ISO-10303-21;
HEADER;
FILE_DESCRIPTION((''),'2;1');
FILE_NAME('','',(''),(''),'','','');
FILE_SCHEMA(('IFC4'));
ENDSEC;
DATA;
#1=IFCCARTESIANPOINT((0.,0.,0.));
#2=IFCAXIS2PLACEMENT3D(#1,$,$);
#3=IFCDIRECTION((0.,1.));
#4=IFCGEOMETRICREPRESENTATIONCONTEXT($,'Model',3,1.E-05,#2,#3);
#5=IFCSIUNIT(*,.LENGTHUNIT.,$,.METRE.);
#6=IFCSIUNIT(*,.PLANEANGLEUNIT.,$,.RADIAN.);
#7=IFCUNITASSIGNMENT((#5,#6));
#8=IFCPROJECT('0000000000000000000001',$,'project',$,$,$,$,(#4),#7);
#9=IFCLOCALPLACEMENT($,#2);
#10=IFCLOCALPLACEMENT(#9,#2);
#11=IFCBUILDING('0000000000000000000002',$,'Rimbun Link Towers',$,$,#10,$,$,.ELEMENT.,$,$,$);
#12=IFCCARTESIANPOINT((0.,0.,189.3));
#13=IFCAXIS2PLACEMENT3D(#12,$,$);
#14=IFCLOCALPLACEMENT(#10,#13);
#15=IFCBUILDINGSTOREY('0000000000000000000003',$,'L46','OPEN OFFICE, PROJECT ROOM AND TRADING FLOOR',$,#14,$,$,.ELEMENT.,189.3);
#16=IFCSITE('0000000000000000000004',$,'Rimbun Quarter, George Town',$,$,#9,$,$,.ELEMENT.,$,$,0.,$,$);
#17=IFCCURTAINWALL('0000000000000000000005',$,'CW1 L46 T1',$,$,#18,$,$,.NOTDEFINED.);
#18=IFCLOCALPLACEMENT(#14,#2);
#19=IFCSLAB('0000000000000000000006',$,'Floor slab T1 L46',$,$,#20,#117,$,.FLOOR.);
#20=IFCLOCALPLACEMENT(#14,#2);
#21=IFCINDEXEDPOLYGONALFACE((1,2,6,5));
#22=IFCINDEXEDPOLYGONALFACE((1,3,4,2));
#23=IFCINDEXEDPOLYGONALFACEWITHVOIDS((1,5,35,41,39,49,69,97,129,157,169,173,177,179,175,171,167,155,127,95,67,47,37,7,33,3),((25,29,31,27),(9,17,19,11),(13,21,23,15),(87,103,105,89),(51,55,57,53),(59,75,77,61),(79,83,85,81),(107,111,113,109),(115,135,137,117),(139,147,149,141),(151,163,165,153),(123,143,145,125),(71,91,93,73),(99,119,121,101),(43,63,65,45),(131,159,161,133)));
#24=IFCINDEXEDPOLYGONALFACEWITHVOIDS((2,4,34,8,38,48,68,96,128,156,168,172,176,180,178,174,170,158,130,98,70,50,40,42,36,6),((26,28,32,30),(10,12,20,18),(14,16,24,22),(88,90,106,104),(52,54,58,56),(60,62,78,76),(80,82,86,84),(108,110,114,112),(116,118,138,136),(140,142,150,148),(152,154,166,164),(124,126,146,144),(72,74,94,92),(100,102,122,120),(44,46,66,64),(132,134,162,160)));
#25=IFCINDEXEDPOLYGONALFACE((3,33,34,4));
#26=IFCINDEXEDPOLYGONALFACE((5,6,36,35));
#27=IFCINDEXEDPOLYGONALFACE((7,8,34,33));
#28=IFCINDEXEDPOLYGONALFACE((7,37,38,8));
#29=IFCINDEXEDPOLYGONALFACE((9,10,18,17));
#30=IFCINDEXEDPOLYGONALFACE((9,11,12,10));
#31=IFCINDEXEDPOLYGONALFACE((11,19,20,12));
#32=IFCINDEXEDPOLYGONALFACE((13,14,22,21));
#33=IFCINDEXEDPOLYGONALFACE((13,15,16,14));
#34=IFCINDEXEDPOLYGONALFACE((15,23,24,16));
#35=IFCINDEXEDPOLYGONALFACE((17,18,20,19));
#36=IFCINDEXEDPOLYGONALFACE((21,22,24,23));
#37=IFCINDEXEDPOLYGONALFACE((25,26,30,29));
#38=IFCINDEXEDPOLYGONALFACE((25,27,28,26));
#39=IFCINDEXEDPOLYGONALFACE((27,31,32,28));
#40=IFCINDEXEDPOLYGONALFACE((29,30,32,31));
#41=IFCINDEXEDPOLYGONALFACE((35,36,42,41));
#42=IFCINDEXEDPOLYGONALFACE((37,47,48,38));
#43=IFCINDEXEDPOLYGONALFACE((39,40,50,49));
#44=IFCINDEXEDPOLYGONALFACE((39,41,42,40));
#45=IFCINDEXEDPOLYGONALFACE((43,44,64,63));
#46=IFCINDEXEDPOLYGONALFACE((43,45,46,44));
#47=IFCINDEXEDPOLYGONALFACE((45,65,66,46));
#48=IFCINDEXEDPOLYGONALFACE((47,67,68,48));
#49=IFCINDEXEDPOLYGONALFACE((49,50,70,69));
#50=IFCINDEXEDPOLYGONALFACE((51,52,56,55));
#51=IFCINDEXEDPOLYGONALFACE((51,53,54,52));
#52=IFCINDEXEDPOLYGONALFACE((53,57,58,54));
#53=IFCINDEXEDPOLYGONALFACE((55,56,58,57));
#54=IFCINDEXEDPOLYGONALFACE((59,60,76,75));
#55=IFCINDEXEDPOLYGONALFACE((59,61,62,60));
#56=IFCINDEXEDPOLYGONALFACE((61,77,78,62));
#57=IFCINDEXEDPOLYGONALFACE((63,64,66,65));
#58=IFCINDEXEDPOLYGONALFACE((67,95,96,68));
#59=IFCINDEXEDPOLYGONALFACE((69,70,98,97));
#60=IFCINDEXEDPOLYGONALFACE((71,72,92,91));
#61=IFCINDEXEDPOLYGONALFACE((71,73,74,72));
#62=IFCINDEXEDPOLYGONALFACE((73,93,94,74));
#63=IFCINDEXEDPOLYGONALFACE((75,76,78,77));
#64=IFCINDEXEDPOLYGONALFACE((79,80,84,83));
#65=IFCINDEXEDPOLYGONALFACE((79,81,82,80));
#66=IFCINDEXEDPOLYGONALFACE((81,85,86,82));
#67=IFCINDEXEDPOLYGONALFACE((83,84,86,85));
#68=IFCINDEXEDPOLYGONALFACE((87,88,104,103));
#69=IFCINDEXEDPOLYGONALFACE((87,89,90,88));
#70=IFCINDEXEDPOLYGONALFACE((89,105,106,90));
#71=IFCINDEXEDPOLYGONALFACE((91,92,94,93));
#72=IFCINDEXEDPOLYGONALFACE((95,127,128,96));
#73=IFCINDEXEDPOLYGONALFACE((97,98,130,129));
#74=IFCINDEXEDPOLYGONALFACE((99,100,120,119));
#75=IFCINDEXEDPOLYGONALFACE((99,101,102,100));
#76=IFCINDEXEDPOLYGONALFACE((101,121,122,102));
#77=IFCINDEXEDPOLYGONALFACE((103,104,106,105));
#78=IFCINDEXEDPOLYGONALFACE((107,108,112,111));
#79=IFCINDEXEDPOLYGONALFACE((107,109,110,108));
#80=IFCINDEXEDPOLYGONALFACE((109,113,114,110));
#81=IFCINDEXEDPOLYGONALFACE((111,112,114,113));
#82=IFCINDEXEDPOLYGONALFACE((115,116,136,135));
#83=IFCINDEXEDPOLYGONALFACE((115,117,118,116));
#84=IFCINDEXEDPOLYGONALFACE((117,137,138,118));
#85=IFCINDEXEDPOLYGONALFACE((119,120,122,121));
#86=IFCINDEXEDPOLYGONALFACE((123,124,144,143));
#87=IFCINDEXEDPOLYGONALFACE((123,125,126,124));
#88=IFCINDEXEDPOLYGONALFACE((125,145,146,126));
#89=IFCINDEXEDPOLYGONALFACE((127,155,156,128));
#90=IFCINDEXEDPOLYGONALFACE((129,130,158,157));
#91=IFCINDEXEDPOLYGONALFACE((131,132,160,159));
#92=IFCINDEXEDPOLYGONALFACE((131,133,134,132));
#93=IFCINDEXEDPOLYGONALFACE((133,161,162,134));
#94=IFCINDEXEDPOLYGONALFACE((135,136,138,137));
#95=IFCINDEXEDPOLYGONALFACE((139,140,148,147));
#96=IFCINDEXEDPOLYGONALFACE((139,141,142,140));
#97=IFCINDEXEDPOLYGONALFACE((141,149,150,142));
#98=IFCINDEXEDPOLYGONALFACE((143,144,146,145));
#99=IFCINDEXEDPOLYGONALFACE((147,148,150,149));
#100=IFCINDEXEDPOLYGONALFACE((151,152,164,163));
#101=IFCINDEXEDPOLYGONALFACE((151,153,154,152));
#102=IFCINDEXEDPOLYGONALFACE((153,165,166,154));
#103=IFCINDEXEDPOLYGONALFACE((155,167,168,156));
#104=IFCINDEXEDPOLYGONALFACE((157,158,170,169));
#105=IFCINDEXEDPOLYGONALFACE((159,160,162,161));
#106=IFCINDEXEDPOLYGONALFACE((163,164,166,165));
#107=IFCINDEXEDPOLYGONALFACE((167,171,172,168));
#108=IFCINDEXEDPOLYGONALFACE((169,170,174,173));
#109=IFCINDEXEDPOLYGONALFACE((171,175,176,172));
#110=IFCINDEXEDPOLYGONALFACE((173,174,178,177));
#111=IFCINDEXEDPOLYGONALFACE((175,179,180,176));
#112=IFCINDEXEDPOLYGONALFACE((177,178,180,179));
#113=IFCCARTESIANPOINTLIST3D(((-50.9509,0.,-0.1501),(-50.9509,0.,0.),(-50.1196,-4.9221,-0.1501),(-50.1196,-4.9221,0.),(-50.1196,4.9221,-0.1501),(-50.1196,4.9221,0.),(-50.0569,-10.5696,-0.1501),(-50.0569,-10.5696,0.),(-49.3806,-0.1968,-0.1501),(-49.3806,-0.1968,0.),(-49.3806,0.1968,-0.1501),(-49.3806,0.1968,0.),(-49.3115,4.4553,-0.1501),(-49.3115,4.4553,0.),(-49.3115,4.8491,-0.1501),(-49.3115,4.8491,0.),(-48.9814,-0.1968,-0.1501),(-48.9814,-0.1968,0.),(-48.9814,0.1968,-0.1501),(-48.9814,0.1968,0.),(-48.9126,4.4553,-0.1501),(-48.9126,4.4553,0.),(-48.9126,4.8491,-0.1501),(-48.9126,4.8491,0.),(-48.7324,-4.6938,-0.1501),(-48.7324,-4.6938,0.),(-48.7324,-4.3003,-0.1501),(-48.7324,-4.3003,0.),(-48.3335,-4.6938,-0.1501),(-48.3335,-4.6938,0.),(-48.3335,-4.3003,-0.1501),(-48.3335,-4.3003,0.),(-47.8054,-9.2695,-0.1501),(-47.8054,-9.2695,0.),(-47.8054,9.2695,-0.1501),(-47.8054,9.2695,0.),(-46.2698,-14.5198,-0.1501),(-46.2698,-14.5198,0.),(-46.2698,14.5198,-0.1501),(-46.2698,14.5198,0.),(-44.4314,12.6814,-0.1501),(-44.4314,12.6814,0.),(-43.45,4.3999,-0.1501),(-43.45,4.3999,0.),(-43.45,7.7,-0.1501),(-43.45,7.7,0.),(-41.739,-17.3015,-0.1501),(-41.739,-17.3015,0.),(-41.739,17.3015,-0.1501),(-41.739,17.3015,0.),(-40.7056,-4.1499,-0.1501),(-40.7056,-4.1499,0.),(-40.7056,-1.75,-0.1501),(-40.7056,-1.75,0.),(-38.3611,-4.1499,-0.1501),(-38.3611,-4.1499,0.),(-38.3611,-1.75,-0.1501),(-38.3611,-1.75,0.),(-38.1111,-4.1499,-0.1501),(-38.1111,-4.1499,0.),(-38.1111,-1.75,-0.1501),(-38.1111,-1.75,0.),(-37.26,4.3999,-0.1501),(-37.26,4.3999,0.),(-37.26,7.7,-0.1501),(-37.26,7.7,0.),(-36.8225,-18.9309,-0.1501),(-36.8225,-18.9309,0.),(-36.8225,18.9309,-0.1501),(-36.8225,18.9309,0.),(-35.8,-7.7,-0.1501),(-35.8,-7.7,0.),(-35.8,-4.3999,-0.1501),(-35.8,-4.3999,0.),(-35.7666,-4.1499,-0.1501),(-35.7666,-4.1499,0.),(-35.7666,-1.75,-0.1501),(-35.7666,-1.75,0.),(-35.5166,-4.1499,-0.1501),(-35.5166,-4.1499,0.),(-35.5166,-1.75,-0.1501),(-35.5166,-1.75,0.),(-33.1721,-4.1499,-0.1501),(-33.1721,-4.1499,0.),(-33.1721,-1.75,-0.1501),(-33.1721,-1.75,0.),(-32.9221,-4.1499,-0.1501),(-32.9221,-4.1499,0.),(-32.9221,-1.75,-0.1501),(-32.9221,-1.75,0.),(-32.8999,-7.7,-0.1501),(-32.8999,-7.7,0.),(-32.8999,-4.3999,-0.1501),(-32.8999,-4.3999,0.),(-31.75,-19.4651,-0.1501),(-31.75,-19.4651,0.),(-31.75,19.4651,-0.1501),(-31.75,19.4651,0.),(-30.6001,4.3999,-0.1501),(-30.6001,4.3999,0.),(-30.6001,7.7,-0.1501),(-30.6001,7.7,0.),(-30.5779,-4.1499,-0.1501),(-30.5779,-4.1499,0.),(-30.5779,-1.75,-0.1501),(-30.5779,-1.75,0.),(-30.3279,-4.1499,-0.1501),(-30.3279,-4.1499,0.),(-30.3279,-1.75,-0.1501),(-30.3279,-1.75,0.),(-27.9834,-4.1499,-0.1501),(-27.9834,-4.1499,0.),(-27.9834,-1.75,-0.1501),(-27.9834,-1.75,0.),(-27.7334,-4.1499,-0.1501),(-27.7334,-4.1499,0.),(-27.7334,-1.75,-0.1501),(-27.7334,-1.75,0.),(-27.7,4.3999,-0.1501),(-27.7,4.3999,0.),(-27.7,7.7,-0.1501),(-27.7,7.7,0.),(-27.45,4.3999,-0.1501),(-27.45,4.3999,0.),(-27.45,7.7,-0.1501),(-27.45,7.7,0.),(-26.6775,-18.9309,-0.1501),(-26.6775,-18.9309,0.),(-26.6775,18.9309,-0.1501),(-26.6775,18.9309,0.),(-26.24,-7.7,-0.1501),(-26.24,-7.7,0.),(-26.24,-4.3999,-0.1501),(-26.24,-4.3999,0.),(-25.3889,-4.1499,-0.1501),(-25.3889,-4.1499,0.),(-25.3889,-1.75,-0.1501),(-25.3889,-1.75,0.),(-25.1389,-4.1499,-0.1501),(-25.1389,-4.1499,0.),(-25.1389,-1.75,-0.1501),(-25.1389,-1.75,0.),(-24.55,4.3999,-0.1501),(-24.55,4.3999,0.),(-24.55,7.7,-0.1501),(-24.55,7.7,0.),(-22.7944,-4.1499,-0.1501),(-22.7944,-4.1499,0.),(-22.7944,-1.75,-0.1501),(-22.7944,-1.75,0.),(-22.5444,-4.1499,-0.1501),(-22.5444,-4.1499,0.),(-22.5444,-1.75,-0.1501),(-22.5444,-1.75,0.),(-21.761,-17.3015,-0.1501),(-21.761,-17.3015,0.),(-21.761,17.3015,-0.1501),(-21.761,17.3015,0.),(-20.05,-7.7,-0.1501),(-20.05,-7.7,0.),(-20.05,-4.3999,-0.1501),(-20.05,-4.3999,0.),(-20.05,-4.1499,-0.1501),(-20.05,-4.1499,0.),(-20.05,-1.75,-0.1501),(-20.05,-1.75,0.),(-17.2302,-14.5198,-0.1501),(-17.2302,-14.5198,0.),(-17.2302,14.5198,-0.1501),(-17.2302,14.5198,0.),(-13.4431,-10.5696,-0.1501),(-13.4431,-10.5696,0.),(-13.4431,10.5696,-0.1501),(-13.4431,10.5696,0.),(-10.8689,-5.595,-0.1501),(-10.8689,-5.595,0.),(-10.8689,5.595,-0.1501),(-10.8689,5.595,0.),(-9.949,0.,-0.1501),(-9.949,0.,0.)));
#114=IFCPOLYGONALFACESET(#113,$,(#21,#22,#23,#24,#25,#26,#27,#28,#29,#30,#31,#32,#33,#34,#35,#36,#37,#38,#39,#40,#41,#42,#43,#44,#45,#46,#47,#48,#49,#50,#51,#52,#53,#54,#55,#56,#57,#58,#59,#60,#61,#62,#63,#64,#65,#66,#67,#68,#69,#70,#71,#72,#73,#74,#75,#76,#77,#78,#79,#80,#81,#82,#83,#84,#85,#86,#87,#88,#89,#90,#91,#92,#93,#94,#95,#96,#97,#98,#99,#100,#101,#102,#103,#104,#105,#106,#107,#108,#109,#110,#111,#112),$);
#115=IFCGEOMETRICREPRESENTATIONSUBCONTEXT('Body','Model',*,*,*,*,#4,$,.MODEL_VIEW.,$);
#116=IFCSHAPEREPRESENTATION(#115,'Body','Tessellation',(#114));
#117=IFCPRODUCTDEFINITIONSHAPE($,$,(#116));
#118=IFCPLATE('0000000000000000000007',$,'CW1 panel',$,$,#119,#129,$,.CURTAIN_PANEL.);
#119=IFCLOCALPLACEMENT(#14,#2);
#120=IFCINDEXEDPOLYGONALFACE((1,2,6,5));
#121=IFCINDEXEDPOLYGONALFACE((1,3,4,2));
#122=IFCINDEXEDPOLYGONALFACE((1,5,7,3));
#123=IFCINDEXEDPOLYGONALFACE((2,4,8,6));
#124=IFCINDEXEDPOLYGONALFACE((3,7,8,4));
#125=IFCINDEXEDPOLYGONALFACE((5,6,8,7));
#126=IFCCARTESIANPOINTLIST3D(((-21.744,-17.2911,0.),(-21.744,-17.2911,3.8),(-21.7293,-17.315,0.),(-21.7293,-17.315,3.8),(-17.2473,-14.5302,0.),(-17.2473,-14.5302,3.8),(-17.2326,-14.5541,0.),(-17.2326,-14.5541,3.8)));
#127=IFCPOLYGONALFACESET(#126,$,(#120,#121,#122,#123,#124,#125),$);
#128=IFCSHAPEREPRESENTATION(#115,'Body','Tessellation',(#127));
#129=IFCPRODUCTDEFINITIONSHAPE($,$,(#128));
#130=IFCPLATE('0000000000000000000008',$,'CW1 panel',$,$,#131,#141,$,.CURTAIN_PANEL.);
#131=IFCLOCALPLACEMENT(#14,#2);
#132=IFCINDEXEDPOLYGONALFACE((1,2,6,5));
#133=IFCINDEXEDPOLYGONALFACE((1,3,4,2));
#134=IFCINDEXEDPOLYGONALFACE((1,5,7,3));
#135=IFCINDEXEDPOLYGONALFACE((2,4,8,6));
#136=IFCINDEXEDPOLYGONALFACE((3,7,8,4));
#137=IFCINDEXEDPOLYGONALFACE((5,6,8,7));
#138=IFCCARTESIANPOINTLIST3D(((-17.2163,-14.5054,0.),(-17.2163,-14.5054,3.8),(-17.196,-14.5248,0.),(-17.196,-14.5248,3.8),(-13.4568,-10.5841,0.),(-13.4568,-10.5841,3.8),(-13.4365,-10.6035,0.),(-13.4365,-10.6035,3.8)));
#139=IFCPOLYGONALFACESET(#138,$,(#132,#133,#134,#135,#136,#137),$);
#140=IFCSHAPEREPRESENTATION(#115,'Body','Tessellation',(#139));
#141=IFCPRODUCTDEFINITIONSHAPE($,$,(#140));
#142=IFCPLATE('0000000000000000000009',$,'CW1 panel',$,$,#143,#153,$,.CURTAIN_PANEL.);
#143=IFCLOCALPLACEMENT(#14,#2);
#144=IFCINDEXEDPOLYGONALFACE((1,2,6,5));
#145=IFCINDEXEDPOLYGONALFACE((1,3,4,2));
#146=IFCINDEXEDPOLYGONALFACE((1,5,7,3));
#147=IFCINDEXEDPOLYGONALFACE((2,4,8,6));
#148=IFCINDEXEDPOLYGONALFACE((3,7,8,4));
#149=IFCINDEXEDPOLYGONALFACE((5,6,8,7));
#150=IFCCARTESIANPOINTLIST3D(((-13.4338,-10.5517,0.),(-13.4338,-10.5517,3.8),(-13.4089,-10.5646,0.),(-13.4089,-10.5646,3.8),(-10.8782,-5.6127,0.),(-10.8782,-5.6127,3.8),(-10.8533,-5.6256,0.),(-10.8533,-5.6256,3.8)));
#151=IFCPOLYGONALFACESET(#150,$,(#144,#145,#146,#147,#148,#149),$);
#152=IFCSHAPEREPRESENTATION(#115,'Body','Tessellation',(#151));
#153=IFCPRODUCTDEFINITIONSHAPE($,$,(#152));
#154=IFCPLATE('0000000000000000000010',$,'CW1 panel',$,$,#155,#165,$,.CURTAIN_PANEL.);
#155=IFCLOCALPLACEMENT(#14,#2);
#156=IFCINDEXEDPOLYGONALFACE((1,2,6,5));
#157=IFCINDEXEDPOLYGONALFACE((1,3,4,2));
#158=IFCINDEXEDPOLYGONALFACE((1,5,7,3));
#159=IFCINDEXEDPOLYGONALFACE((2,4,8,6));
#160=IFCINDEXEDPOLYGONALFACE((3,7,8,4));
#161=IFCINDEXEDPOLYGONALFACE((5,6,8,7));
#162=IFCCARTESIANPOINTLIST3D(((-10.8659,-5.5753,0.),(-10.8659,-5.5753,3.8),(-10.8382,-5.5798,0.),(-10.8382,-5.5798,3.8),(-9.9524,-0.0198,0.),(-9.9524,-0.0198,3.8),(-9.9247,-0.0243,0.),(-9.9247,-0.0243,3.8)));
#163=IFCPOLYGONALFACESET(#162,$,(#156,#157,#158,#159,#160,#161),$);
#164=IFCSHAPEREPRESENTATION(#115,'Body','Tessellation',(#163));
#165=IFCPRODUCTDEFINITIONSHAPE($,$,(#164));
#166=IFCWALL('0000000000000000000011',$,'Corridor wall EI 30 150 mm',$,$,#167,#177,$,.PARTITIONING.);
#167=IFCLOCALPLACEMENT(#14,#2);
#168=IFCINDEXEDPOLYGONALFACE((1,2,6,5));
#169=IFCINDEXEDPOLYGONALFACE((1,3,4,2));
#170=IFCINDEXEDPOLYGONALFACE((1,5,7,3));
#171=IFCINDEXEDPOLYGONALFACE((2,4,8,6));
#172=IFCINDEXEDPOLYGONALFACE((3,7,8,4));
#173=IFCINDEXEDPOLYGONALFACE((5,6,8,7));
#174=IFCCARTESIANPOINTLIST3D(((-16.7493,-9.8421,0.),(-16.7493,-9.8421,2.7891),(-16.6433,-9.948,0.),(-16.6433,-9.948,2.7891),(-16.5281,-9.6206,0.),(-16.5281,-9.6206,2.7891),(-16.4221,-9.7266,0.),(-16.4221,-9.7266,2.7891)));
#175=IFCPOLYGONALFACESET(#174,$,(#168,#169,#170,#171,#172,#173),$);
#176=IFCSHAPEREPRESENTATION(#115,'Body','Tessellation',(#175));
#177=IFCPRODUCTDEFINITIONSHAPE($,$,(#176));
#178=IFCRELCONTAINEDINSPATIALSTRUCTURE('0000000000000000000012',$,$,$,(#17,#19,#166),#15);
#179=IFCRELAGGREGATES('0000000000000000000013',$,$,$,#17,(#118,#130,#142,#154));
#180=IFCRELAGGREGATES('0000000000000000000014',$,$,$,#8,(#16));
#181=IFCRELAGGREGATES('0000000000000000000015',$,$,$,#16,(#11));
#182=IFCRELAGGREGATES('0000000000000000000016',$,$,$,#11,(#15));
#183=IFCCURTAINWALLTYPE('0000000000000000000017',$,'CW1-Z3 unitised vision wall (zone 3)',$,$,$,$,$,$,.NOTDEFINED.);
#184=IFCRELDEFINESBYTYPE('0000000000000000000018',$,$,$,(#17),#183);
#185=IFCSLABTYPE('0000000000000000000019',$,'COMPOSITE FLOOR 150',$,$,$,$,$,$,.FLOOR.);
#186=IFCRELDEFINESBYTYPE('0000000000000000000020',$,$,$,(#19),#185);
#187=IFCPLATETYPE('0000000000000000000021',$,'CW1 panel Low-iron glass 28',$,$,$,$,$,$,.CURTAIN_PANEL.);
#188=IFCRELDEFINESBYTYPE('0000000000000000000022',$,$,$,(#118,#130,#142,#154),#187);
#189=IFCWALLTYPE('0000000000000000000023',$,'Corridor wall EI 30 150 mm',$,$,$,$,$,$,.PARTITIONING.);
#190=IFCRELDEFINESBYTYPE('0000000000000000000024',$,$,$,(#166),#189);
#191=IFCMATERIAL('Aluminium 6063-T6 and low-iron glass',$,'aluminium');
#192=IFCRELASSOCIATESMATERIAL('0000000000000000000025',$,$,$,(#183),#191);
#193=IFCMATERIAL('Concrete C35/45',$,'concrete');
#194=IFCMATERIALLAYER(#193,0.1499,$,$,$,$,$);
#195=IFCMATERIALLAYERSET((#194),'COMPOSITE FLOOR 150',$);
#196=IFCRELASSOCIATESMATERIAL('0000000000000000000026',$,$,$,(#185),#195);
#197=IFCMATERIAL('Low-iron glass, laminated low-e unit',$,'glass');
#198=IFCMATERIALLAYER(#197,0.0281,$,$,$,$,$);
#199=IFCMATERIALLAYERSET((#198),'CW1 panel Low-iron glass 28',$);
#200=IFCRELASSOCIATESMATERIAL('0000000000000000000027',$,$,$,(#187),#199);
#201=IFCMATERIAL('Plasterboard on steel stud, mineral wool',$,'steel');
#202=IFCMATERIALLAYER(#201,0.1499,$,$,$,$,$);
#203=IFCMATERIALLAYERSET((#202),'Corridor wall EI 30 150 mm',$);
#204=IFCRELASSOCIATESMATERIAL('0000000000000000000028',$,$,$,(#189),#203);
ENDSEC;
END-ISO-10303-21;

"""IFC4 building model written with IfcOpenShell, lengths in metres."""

from ifc_helpers import new_model, si_unit, direction, frame, frame_2d, origin, origin_2d, place, context, subcontext, project, spatial, polyline, rectangle, outline, extrude, material, layer, layer_set, type_object, element, aggregate, save


model = new_model("IFC4")

# Units and contexts
model_context = context("Model", 3, precision=1e-05, world=origin(), true_north=direction((0.0, 1.0)))
body_context = subcontext(model_context, "Body", "Model", "MODEL_VIEW")
ifc_project = project(units=[si_unit("LENGTHUNIT", "METRE"), si_unit("PLANEANGLEUNIT", "RADIAN")], contexts=[model_context])

# Site, building, storey
site_placement = place(None, origin())
site = spatial("IfcSite", under=ifc_project, at=site_placement, Name="Rimbun Quarter, George Town", CompositionType="ELEMENT", RefElevation=0.0)
building_placement = place(site_placement, origin())
building = spatial("IfcBuilding", under=site, at=building_placement, Name="Rimbun Link Towers", CompositionType="ELEMENT")
storey_placement = place(building_placement, frame((0.0, 0.0, 189.3)))
storey = spatial("IfcBuildingStorey", under=building, at=storey_placement, Name="L46", Description="OPEN OFFICE, PROJECT ROOM AND TRADING FLOOR", CompositionType="ELEMENT", Elevation=189.3)

# Curtain wall
ifc_material_1 = material(Name="Aluminium 6063-T6 and low-iron glass", Category="aluminium")
curtain_wall_type = type_object("IfcCurtainWallType", Name="CW1-Z3 unitised vision wall (zone 3)", PredefinedType="NOTDEFINED", material=ifc_material_1)
curtain_wall_placement = place(storey_placement, origin())
curtain_wall = element("IfcCurtainWall", 1, at=curtain_wall_placement, inside=storey, type_object=curtain_wall_type, Name="CW1 L46 T1", PredefinedType="NOTDEFINED")

# Slab
ifc_material_2 = material(Name="Concrete C35/45", Category="concrete")
ifc_layer_1 = layer(ifc_material_2, 0.1499)
ifc_layer_set_1 = layer_set([ifc_layer_1], Name="COMPOSITE FLOOR 150")
slab_type = type_object("IfcSlabType", Name="COMPOSITE FLOOR 150", PredefinedType="FLOOR", material=ifc_layer_set_1)
slab_placement = place(storey_placement, frame((0.0, 0.0, -0.1501)))
element("IfcSlab", 2, at=slab_placement, inside=storey, type_object=slab_type, Name="Floor slab T1 L46", PredefinedType="FLOOR", context=body_context, shape_type="SweptSolid", body=[
    extrude(outline(polyline([(-41.739, 17.3015), (-36.8225, 18.9309), (-31.75, 19.4651), (-26.6775, 18.9309), (-21.761, 17.3015), (-17.2302, 14.5198), (-13.4431, 10.5696), (-10.8689, 5.595), (-9.949, 0.0), (-10.8689, -5.595), (-13.4431, -10.5696), (-17.2302, -14.5198), (-21.761, -17.3015), (-26.6775, -18.9309), (-31.75, -19.4651), (-36.8225, -18.9309), (-41.739, -17.3015), (-46.2698, -14.5198), (-50.0569, -10.5696), (-47.8054, -9.2695), (-50.1196, -4.9221), (-50.9509, 0.0), (-50.1196, 4.9221), (-47.8054, 9.2695), (-44.4314, 12.6814), (-46.2698, 14.5198), (-41.739, 17.3015)]), holes=[polyline([(-32.8999, -7.7), (-32.8999, -4.3999), (-35.8, -4.3999), (-35.8, -7.7), (-32.8999, -7.7)]), polyline([(-48.3335, -4.6938), (-48.3335, -4.3003), (-48.7324, -4.3003), (-48.7324, -4.6938), (-48.3335, -4.6938)]), polyline([(-38.3611, -4.1499), (-38.3611, -1.75), (-40.7056, -1.75), (-40.7056, -4.1499), (-38.3611, -4.1499)]), polyline([(-35.7666, -4.1499), (-35.7666, -1.75), (-38.1111, -1.75), (-38.1111, -4.1499), (-35.7666, -4.1499)]), polyline([(-33.1721, -4.1499), (-33.1721, -1.75), (-35.5166, -1.75), (-35.5166, -4.1499), (-33.1721, -4.1499)]), polyline([(-48.9814, -0.1968), (-48.9814, 0.1968), (-49.3806, 0.1968), (-49.3806, -0.1968), (-48.9814, -0.1968)]), polyline([(-48.9126, 4.4553), (-48.9126, 4.8491), (-49.3115, 4.8491), (-49.3115, 4.4553), (-48.9126, 4.4553)]), polyline([(-37.26, 4.3999), (-37.26, 7.7), (-43.45, 7.7), (-43.45, 4.3999), (-37.26, 4.3999)]), polyline([(-20.05, -7.7), (-20.05, -4.3999), (-26.24, -4.3999), (-26.24, -7.7), (-20.05, -7.7)]), polyline([(-30.5779, -4.1499), (-30.5779, -1.75), (-32.9221, -1.75), (-32.9221, -4.1499), (-30.5779, -4.1499)]), polyline([(-27.9834, -4.1499), (-27.9834, -1.75), (-30.3279, -1.75), (-30.3279, -4.1499), (-27.9834, -4.1499)]), polyline([(-25.3889, -4.1499), (-25.3889, -1.75), (-27.7334, -1.75), (-27.7334, -4.1499), (-25.3889, -4.1499)]), polyline([(-22.7944, -4.1499), (-22.7944, -1.75), (-25.1389, -1.75), (-25.1389, -4.1499), (-22.7944, -4.1499)]), polyline([(-20.05, -4.1499), (-20.05, -1.75), (-22.5444, -1.75), (-22.5444, -4.1499), (-20.05, -4.1499)]), polyline([(-27.7, 4.3999), (-27.7, 7.7), (-30.6001, 7.7), (-30.6001, 4.3999), (-27.7, 4.3999)]), polyline([(-24.55, 4.3999), (-24.55, 7.7), (-27.45, 7.7), (-27.45, 4.3999), (-24.55, 4.3999)])]), origin(), (0.0, 0.0, 1.0), 0.1501),
])

# Plates
ifc_material_3 = material(Name="Low-iron glass, laminated low-e unit", Category="glass")
ifc_layer_2 = layer(ifc_material_3, 0.0281)
ifc_layer_set_2 = layer_set([ifc_layer_2], Name="CW1 panel Low-iron glass 28")
plate_type = type_object("IfcPlateType", Name="CW1 panel Low-iron glass 28", PredefinedType="CURTAIN_PANEL", material=ifc_layer_set_2)
plate_1_placement = place(storey_placement, frame((-19.4883, -15.9226, 0.0), z_axis=(0.0, 0.0, 1.0), x_axis=(-0.852189, -0.523235, 0.0)))
plate_1 = element("IfcPlate", 3, at=plate_1_placement, type_object=plate_type, Name="CW1 panel", PredefinedType="CURTAIN_PANEL", context=body_context, shape_type="SweptSolid", body=[
    extrude(rectangle(XDim=5.2766, YDim=0.0281, at=origin_2d()), origin(), (0.0, 0.0, 1.0), 3.8),
])
plate_2_placement = place(storey_placement, frame((-15.3264, -12.5544, 0.0), z_axis=(0.0, 0.0, 1.0), x_axis=(-0.692057, -0.721843, 0.0)))
plate_2 = element("IfcPlate", 4, at=plate_2_placement, type_object=plate_type, Name="CW1 panel", PredefinedType="CURTAIN_PANEL", context=body_context, shape_type="SweptSolid", body=[
    extrude(rectangle(XDim=5.4324, YDim=0.0281, at=origin_2d()), origin(), (0.0, 0.0, 1.0), 3.8),
])
plate_3_placement = place(storey_placement, frame((-12.1436, -8.0886, 0.0), z_axis=(0.0, 0.0, 1.0), x_axis=(-0.459554, -0.88815, 0.0)))
plate_3 = element("IfcPlate", 5, at=plate_3_placement, type_object=plate_type, Name="CW1 panel", PredefinedType="CURTAIN_PANEL", context=body_context, shape_type="SweptSolid", body=[
    extrude(rectangle(XDim=5.561, YDim=0.0281, at=origin_2d()), origin(), (0.0, 0.0, 1.0), 3.8),
])
plate_4_placement = place(storey_placement, frame((-10.3953, -2.7998, 0.0), z_axis=(0.0, 0.0, 1.0), x_axis=(-0.162254, -0.986749, 0.0)))
plate_4 = element("IfcPlate", 6, at=plate_4_placement, type_object=plate_type, Name="CW1 panel", PredefinedType="CURTAIN_PANEL", context=body_context, shape_type="SweptSolid", body=[
    extrude(rectangle(XDim=5.6301, YDim=0.0281, at=origin_2d()), origin(), (0.0, 0.0, 1.0), 3.8),
])
aggregate(curtain_wall, [plate_1, plate_2, plate_3, plate_4])

# Wall
ifc_material_4 = material(Name="Plasterboard on steel stud, mineral wool", Category="steel")
ifc_layer_3 = layer(ifc_material_4, 0.1499)
ifc_layer_set_3 = layer_set([ifc_layer_3], Name="Corridor wall EI 30 150 mm")
wall_type_1 = type_object("IfcWallType", Name="Corridor wall EI 30 150 mm", PredefinedType="PARTITIONING", material=ifc_layer_set_3)
wall_1_placement = place(storey_placement, frame((-16.6963, -9.895, 0.0), z_axis=(0.0, 0.0, 1.0), x_axis=(0.706717, 0.707497, 0.0)))
element("IfcWall", 7, at=wall_1_placement, inside=storey, type_object=wall_type_1, Name="Corridor wall EI 30 150 mm", PredefinedType="PARTITIONING", context=body_context, shape_type="SweptSolid", body=[
    extrude(rectangle(XDim=0.313, YDim=0.1499, at=frame_2d((0.1565, 0.0))), origin(), (0.0, 0.0, 1.0), 2.7891),
])

save(model, "model.ifc")
